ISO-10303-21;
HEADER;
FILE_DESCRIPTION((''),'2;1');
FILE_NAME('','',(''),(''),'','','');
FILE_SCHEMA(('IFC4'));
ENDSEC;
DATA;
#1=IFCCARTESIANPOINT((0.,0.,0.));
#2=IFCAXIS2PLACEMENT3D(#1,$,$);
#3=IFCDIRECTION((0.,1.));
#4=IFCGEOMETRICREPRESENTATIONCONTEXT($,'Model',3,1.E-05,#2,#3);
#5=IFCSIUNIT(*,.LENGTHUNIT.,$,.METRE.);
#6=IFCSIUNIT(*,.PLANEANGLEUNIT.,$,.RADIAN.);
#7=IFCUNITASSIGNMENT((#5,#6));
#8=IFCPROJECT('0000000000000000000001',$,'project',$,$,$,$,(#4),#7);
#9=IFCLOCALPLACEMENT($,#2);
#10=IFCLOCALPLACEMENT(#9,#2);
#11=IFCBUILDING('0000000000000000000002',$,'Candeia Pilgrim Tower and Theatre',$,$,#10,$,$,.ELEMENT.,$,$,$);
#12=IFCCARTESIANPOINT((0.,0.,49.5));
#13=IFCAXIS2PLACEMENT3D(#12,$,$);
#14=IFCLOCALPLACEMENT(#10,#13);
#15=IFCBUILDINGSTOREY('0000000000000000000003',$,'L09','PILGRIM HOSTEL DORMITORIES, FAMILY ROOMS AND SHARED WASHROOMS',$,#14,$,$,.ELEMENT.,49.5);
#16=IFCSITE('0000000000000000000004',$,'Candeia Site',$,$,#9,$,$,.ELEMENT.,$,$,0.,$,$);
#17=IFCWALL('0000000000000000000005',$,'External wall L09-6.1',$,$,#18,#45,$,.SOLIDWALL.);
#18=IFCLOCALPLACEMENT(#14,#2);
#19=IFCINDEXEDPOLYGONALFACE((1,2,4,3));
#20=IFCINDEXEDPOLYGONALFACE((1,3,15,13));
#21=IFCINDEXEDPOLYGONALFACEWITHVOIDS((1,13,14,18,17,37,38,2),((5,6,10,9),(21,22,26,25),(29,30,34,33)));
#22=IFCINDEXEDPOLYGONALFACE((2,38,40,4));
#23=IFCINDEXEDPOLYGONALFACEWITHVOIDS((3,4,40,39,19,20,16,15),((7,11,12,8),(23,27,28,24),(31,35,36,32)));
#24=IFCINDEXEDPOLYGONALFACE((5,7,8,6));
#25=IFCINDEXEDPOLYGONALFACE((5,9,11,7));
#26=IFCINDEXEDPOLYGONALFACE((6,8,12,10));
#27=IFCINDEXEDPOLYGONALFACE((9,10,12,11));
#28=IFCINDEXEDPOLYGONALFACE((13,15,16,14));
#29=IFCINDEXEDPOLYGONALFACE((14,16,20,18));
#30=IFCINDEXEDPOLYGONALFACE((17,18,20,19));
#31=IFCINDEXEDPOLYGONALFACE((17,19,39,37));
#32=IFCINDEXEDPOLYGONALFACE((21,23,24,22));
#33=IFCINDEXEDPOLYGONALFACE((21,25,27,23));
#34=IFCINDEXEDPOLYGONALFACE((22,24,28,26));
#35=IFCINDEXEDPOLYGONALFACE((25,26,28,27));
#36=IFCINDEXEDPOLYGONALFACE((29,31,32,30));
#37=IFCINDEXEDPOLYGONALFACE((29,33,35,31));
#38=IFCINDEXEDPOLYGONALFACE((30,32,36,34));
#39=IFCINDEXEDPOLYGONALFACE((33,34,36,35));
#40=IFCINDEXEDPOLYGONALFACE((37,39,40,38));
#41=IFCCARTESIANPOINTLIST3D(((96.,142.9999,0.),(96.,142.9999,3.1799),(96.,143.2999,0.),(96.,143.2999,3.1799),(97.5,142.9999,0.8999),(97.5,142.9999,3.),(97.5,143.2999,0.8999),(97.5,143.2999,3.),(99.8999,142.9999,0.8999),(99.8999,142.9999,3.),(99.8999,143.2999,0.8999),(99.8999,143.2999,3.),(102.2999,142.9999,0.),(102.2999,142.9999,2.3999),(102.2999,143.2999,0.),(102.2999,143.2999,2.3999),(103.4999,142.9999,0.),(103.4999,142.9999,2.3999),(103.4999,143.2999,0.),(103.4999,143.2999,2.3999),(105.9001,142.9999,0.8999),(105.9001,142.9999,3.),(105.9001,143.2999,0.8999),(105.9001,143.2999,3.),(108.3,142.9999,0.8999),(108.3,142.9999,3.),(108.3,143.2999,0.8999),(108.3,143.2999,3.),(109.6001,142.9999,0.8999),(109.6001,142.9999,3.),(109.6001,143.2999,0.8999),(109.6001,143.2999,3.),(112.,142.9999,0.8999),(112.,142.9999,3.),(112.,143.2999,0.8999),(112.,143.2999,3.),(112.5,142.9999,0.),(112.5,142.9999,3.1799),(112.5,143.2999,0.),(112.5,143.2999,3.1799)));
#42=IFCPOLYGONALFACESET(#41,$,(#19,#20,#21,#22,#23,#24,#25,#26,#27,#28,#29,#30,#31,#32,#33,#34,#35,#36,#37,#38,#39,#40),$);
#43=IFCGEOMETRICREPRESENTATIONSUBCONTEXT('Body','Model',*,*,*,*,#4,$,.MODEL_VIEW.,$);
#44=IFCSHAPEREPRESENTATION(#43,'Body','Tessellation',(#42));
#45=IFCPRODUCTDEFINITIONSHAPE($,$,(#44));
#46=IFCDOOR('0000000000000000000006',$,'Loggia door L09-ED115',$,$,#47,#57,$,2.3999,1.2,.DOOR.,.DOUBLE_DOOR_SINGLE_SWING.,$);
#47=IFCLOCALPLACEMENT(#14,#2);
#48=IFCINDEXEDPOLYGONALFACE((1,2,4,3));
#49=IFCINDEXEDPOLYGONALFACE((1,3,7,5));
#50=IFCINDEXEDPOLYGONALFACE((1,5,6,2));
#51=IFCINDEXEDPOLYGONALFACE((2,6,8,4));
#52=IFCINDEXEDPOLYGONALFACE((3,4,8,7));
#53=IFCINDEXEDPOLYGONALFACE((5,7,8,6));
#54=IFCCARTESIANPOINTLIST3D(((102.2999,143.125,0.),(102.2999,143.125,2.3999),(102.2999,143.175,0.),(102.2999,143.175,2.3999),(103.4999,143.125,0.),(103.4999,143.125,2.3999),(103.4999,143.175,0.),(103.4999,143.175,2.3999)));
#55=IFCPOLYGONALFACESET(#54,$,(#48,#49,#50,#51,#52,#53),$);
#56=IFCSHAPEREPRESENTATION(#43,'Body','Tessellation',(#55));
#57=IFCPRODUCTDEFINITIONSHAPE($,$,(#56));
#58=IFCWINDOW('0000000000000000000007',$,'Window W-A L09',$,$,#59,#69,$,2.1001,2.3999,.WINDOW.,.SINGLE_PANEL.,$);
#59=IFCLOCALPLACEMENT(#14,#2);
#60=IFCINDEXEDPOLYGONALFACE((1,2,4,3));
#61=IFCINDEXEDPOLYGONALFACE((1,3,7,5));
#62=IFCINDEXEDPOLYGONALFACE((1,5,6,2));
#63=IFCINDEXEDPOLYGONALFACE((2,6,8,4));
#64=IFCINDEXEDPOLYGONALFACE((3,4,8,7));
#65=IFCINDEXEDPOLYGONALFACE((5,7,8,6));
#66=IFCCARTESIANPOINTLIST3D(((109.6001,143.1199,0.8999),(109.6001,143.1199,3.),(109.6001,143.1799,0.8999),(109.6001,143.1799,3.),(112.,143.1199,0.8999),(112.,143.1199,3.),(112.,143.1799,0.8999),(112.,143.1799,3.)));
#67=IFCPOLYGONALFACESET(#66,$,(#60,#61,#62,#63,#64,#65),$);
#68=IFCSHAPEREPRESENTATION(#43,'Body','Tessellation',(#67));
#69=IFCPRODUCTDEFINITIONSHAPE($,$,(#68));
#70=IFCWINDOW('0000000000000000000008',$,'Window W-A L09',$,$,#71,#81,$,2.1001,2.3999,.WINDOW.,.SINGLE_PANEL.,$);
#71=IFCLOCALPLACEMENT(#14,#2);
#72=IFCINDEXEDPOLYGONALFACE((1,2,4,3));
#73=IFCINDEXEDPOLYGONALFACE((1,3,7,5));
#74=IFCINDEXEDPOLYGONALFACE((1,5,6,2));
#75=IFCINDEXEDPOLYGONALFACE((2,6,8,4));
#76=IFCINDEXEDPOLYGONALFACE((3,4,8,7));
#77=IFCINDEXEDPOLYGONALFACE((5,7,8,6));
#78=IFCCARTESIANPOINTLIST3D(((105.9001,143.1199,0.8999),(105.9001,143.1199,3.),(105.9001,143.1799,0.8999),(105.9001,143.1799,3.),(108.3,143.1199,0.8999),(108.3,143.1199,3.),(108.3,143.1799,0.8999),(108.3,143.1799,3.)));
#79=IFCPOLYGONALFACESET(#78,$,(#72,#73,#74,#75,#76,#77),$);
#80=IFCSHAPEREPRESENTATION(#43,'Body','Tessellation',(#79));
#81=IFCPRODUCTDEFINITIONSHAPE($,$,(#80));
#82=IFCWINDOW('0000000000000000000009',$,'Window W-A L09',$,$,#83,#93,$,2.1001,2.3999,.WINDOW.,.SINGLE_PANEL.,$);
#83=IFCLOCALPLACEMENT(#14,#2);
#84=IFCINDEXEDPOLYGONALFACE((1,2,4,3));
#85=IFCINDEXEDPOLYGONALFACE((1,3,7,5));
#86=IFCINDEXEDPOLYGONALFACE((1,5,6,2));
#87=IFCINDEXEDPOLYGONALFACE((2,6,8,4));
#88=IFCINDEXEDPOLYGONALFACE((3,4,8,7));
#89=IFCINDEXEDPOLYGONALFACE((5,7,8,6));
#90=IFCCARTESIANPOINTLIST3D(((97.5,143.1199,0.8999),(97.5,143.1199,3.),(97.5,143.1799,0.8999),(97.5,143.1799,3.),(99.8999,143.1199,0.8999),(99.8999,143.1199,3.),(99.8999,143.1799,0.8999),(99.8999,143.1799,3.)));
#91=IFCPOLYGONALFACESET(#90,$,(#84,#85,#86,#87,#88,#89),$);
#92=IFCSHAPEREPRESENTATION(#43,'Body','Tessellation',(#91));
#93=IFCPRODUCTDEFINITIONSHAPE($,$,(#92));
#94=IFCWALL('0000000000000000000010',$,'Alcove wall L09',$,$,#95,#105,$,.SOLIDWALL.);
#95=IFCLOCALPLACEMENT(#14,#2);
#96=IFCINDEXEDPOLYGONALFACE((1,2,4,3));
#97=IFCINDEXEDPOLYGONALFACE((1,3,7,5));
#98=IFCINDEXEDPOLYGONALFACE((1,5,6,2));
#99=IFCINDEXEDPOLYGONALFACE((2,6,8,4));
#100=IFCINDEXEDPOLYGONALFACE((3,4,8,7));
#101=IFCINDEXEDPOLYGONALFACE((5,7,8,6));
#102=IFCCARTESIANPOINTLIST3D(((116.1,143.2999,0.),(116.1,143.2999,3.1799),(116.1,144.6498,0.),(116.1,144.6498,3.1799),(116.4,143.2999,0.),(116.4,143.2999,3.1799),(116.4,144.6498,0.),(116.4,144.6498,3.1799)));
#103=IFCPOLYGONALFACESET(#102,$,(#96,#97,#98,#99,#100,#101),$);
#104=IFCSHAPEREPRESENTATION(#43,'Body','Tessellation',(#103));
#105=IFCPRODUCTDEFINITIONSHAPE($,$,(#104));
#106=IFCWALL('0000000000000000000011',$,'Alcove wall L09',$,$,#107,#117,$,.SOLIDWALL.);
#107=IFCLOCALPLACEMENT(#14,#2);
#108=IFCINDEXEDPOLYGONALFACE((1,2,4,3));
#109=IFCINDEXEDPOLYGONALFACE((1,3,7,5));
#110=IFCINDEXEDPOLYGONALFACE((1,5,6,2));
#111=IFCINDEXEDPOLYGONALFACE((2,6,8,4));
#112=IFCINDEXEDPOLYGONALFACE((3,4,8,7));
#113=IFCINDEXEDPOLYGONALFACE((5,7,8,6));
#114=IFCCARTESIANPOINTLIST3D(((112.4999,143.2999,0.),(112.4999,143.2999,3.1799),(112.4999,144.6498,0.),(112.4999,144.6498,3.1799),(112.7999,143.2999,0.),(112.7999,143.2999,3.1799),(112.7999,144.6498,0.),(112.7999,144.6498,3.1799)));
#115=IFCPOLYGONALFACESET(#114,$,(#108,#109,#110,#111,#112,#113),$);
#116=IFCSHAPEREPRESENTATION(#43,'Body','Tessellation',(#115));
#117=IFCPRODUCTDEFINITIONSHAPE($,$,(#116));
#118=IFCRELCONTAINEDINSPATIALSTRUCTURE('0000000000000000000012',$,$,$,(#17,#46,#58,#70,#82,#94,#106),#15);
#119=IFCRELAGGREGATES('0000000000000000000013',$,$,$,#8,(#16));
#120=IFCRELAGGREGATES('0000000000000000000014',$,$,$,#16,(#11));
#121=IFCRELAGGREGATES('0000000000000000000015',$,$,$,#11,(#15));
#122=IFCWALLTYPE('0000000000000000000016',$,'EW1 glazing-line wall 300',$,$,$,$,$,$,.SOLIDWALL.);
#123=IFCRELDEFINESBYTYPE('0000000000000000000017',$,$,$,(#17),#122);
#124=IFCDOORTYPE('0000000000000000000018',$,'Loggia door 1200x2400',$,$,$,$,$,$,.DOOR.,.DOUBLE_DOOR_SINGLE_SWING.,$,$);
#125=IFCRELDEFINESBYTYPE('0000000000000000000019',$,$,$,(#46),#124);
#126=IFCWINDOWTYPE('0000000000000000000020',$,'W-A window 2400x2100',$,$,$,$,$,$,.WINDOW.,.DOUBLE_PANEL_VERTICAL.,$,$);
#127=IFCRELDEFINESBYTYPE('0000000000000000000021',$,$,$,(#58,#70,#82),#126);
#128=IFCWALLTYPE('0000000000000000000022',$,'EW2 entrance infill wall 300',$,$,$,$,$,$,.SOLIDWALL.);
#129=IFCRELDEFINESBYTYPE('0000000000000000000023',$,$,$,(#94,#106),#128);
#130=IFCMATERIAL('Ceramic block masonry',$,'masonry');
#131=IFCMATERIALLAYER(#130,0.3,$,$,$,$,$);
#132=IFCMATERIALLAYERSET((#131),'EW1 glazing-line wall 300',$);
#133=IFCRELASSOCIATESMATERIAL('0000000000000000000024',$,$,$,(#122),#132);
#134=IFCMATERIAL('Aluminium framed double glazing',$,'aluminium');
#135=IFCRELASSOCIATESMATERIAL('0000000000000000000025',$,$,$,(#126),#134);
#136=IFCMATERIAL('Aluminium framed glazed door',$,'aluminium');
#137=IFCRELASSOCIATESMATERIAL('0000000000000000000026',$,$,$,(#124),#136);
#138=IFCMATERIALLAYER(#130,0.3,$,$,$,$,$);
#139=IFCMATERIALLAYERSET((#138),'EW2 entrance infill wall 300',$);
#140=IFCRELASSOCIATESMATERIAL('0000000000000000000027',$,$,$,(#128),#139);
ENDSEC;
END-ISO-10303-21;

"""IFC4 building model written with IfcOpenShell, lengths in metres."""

from ifc_helpers import new_model, si_unit, direction, frame, frame_2d, origin, place, context, subcontext, project, spatial, rectangle, extrude, material, layer, layer_set, type_object, element, fill, save


model = new_model("IFC4")

# Units and contexts
model_context = context("Model", 3, precision=1e-05, world=origin(), true_north=direction((0.0, 1.0)))
body_context = subcontext(model_context, "Body", "Model", "MODEL_VIEW")
ifc_project = project(units=[si_unit("LENGTHUNIT", "METRE"), si_unit("PLANEANGLEUNIT", "RADIAN")], contexts=[model_context])

# Site, building, storey
site_placement = place(None, origin())
site = spatial("IfcSite", under=ifc_project, at=site_placement, Name="Candeia Site", CompositionType="ELEMENT", RefElevation=0.0)
building_placement = place(site_placement, origin())
building = spatial("IfcBuilding", under=site, at=building_placement, Name="Candeia Pilgrim Tower and Theatre", CompositionType="ELEMENT")
storey_placement = place(building_placement, frame((0.0, 0.0, 49.5)))
storey = spatial("IfcBuildingStorey", under=building, at=storey_placement, Name="L09", Description="PILGRIM HOSTEL DORMITORIES, FAMILY ROOMS AND SHARED WASHROOMS", CompositionType="ELEMENT", Elevation=49.5)

# Shared definitions
ifc_material_1 = material(Name="Ceramic block masonry", Category="masonry")
ifc_layer_1 = layer(ifc_material_1, 0.3)
ifc_layer_set_1 = layer_set([ifc_layer_1], Name="EW1 glazing-line wall 300")
wall_type_1 = type_object("IfcWallType", Name="EW1 glazing-line wall 300", PredefinedType="SOLIDWALL", material=ifc_layer_set_1)
ifc_material_2 = material(Name="Aluminium framed double glazing", Category="aluminium")
window_type_1 = type_object("IfcWindowType", Name="W-A window 2400x2100", PartitioningType="DOUBLE_PANEL_VERTICAL", PredefinedType="WINDOW", material=ifc_material_2)

# Wall, openings, door, windows
ifc_material_3 = material(Name="Aluminium framed glazed door", Category="aluminium")
door_type = type_object("IfcDoorType", Name="Loggia door 1200x2400", OperationType="DOUBLE_DOOR_SINGLE_SWING", PredefinedType="DOOR", material=ifc_material_3)
wall_1_placement = place(storey_placement, frame((112.5, 143.1499, 0.0), z_axis=(0.0, 0.0, 1.0), x_axis=(-1.0, 0.0, 0.0)))
wall_1 = element("IfcWall", 1, at=wall_1_placement, inside=storey, type_object=wall_type_1, Name="External wall L09-6.1", PredefinedType="SOLIDWALL", context=body_context, shape_type="SweptSolid", body=[
    extrude(rectangle(XDim=16.5, YDim=0.3, at=frame_2d((8.25, 0.0))), origin(), (0.0, 0.0, 1.0), 3.1799),
])
opening_1_placement = place(wall_1_placement, frame((0.5, 0.0, 0.8999)))
opening_1 = element("IfcOpeningElement", 2, at=opening_1_placement, cuts=wall_1, PredefinedType="OPENING", context=body_context, shape_type="SweptSolid", body=[
    extrude(rectangle(XDim=2.3999, YDim=2.1001, at=frame_2d((1.2, 1.05))), frame((0.0, 0.1602, 0.0), z_axis=(0.0, -1.0, 0.0), x_axis=(1.0, 0.0, 0.0)), (0.0, 0.0, 1.0), 0.3201),
])
opening_2_placement = place(wall_1_placement, frame((4.2, 0.0, 0.8999)))
opening_2 = element("IfcOpeningElement", 3, at=opening_2_placement, cuts=wall_1, PredefinedType="OPENING", context=body_context, shape_type="SweptSolid", body=[
    extrude(rectangle(XDim=2.3999, YDim=2.1001, at=frame_2d((1.2, 1.05))), frame((0.0, 0.1602, 0.0), z_axis=(0.0, -1.0, 0.0), x_axis=(1.0, 0.0, 0.0)), (0.0, 0.0, 1.0), 0.3201),
])
opening_3_placement = place(wall_1_placement, frame((9.0, 0.0, 0.0)))
opening_3 = element("IfcOpeningElement", 4, at=opening_3_placement, cuts=wall_1, PredefinedType="OPENING", context=body_context, shape_type="SweptSolid", body=[
    extrude(rectangle(XDim=1.2, YDim=2.3999, at=frame_2d((0.6001, 1.2))), frame((0.0, 0.1602, 0.0), z_axis=(0.0, -1.0, 0.0), x_axis=(1.0, 0.0, 0.0)), (0.0, 0.0, 1.0), 0.3201),
])
opening_4_placement = place(wall_1_placement, frame((12.6001, 0.0, 0.8999)))
opening_4 = element("IfcOpeningElement", 5, at=opening_4_placement, cuts=wall_1, PredefinedType="OPENING", context=body_context, shape_type="SweptSolid", body=[
    extrude(rectangle(XDim=2.3999, YDim=2.1001, at=frame_2d((1.2, 1.05))), frame((0.0, 0.1602, 0.0), z_axis=(0.0, -1.0, 0.0), x_axis=(1.0, 0.0, 0.0)), (0.0, 0.0, 1.0), 0.3201),
])
door_1_placement = place(opening_3_placement, origin())
door_1 = element("IfcDoor", 6, at=door_1_placement, inside=storey, type_object=door_type, Name="Loggia door L09-ED115", OperationType="DOUBLE_DOOR_SINGLE_SWING", OverallHeight=2.3999, OverallWidth=1.2, PredefinedType="DOOR", context=body_context, shape_type="SweptSolid", body=[
    extrude(rectangle(XDim=1.2, YDim=2.3999, at=frame_2d((0.6001, 1.2))), frame((0.0, 0.0249, 0.0), z_axis=(0.0, -1.0, 0.0), x_axis=(1.0, 0.0, 0.0)), (0.0, 0.0, 1.0), 0.05),
])
fill(opening_3, door_1)
window_1_placement = place(opening_1_placement, origin())
window_1 = element("IfcWindow", 7, at=window_1_placement, inside=storey, type_object=window_type_1, Name="Window W-A L09", OverallHeight=2.1001, OverallWidth=2.3999, PartitioningType="SINGLE_PANEL", PredefinedType="WINDOW", context=body_context, shape_type="SweptSolid", body=[
    extrude(rectangle(XDim=2.3999, YDim=2.1001, at=frame_2d((1.2, 1.05))), frame((0.0, 0.03, 0.0), z_axis=(0.0, -1.0, 0.0), x_axis=(1.0, 0.0, 0.0)), (0.0, 0.0, 1.0), 0.0601),
])
fill(opening_1, window_1)
window_2_placement = place(opening_2_placement, origin())
window_2 = element("IfcWindow", 8, at=window_2_placement, inside=storey, type_object=window_type_1, Name="Window W-A L09", OverallHeight=2.1001, OverallWidth=2.3999, PartitioningType="SINGLE_PANEL", PredefinedType="WINDOW", context=body_context, shape_type="SweptSolid", body=[
    extrude(rectangle(XDim=2.3999, YDim=2.1001, at=frame_2d((1.2, 1.05))), frame((0.0, 0.03, 0.0), z_axis=(0.0, -1.0, 0.0), x_axis=(1.0, 0.0, 0.0)), (0.0, 0.0, 1.0), 0.0601),
])
fill(opening_2, window_2)
window_3_placement = place(opening_4_placement, origin())
window_3 = element("IfcWindow", 9, at=window_3_placement, inside=storey, type_object=window_type_1, Name="Window W-A L09", OverallHeight=2.1001, OverallWidth=2.3999, PartitioningType="SINGLE_PANEL", PredefinedType="WINDOW", context=body_context, shape_type="SweptSolid", body=[
    extrude(rectangle(XDim=2.3999, YDim=2.1001, at=frame_2d((1.2, 1.05))), frame((0.0, 0.03, 0.0), z_axis=(0.0, -1.0, 0.0), x_axis=(1.0, 0.0, 0.0)), (0.0, 0.0, 1.0), 0.0601),
])
fill(opening_4, window_3)

# Walls
ifc_layer_2 = layer(ifc_material_1, 0.3)
ifc_layer_set_2 = layer_set([ifc_layer_2], Name="EW2 entrance infill wall 300")
wall_type_2 = type_object("IfcWallType", Name="EW2 entrance infill wall 300", PredefinedType="SOLIDWALL", material=ifc_layer_set_2)
for number, where, z_axis, x_axis, name in (
    (10, (116.25, 143.3, 0.0), (0.0, 0.0, 1.0), (0.0, 1.0, 0.0), "Alcove wall L09"),
    (11, (112.6499, 143.3, 0.0), (0.0, 0.0, 1.0), (0.0, 1.0, 0.0), "Alcove wall L09"),
):
    element("IfcWall", number, at=place(storey_placement, frame(where, z_axis=z_axis, x_axis=x_axis)), inside=storey, type_object=wall_type_2, Name=name, PredefinedType="SOLIDWALL", context=body_context, shape_type="SweptSolid", body=[
        extrude(rectangle(XDim=1.3499, YDim=0.3, at=frame_2d((0.6748, 0.0))), origin(), (0.0, 0.0, 1.0), 3.1799),
    ])

save(model, "model.ifc")
